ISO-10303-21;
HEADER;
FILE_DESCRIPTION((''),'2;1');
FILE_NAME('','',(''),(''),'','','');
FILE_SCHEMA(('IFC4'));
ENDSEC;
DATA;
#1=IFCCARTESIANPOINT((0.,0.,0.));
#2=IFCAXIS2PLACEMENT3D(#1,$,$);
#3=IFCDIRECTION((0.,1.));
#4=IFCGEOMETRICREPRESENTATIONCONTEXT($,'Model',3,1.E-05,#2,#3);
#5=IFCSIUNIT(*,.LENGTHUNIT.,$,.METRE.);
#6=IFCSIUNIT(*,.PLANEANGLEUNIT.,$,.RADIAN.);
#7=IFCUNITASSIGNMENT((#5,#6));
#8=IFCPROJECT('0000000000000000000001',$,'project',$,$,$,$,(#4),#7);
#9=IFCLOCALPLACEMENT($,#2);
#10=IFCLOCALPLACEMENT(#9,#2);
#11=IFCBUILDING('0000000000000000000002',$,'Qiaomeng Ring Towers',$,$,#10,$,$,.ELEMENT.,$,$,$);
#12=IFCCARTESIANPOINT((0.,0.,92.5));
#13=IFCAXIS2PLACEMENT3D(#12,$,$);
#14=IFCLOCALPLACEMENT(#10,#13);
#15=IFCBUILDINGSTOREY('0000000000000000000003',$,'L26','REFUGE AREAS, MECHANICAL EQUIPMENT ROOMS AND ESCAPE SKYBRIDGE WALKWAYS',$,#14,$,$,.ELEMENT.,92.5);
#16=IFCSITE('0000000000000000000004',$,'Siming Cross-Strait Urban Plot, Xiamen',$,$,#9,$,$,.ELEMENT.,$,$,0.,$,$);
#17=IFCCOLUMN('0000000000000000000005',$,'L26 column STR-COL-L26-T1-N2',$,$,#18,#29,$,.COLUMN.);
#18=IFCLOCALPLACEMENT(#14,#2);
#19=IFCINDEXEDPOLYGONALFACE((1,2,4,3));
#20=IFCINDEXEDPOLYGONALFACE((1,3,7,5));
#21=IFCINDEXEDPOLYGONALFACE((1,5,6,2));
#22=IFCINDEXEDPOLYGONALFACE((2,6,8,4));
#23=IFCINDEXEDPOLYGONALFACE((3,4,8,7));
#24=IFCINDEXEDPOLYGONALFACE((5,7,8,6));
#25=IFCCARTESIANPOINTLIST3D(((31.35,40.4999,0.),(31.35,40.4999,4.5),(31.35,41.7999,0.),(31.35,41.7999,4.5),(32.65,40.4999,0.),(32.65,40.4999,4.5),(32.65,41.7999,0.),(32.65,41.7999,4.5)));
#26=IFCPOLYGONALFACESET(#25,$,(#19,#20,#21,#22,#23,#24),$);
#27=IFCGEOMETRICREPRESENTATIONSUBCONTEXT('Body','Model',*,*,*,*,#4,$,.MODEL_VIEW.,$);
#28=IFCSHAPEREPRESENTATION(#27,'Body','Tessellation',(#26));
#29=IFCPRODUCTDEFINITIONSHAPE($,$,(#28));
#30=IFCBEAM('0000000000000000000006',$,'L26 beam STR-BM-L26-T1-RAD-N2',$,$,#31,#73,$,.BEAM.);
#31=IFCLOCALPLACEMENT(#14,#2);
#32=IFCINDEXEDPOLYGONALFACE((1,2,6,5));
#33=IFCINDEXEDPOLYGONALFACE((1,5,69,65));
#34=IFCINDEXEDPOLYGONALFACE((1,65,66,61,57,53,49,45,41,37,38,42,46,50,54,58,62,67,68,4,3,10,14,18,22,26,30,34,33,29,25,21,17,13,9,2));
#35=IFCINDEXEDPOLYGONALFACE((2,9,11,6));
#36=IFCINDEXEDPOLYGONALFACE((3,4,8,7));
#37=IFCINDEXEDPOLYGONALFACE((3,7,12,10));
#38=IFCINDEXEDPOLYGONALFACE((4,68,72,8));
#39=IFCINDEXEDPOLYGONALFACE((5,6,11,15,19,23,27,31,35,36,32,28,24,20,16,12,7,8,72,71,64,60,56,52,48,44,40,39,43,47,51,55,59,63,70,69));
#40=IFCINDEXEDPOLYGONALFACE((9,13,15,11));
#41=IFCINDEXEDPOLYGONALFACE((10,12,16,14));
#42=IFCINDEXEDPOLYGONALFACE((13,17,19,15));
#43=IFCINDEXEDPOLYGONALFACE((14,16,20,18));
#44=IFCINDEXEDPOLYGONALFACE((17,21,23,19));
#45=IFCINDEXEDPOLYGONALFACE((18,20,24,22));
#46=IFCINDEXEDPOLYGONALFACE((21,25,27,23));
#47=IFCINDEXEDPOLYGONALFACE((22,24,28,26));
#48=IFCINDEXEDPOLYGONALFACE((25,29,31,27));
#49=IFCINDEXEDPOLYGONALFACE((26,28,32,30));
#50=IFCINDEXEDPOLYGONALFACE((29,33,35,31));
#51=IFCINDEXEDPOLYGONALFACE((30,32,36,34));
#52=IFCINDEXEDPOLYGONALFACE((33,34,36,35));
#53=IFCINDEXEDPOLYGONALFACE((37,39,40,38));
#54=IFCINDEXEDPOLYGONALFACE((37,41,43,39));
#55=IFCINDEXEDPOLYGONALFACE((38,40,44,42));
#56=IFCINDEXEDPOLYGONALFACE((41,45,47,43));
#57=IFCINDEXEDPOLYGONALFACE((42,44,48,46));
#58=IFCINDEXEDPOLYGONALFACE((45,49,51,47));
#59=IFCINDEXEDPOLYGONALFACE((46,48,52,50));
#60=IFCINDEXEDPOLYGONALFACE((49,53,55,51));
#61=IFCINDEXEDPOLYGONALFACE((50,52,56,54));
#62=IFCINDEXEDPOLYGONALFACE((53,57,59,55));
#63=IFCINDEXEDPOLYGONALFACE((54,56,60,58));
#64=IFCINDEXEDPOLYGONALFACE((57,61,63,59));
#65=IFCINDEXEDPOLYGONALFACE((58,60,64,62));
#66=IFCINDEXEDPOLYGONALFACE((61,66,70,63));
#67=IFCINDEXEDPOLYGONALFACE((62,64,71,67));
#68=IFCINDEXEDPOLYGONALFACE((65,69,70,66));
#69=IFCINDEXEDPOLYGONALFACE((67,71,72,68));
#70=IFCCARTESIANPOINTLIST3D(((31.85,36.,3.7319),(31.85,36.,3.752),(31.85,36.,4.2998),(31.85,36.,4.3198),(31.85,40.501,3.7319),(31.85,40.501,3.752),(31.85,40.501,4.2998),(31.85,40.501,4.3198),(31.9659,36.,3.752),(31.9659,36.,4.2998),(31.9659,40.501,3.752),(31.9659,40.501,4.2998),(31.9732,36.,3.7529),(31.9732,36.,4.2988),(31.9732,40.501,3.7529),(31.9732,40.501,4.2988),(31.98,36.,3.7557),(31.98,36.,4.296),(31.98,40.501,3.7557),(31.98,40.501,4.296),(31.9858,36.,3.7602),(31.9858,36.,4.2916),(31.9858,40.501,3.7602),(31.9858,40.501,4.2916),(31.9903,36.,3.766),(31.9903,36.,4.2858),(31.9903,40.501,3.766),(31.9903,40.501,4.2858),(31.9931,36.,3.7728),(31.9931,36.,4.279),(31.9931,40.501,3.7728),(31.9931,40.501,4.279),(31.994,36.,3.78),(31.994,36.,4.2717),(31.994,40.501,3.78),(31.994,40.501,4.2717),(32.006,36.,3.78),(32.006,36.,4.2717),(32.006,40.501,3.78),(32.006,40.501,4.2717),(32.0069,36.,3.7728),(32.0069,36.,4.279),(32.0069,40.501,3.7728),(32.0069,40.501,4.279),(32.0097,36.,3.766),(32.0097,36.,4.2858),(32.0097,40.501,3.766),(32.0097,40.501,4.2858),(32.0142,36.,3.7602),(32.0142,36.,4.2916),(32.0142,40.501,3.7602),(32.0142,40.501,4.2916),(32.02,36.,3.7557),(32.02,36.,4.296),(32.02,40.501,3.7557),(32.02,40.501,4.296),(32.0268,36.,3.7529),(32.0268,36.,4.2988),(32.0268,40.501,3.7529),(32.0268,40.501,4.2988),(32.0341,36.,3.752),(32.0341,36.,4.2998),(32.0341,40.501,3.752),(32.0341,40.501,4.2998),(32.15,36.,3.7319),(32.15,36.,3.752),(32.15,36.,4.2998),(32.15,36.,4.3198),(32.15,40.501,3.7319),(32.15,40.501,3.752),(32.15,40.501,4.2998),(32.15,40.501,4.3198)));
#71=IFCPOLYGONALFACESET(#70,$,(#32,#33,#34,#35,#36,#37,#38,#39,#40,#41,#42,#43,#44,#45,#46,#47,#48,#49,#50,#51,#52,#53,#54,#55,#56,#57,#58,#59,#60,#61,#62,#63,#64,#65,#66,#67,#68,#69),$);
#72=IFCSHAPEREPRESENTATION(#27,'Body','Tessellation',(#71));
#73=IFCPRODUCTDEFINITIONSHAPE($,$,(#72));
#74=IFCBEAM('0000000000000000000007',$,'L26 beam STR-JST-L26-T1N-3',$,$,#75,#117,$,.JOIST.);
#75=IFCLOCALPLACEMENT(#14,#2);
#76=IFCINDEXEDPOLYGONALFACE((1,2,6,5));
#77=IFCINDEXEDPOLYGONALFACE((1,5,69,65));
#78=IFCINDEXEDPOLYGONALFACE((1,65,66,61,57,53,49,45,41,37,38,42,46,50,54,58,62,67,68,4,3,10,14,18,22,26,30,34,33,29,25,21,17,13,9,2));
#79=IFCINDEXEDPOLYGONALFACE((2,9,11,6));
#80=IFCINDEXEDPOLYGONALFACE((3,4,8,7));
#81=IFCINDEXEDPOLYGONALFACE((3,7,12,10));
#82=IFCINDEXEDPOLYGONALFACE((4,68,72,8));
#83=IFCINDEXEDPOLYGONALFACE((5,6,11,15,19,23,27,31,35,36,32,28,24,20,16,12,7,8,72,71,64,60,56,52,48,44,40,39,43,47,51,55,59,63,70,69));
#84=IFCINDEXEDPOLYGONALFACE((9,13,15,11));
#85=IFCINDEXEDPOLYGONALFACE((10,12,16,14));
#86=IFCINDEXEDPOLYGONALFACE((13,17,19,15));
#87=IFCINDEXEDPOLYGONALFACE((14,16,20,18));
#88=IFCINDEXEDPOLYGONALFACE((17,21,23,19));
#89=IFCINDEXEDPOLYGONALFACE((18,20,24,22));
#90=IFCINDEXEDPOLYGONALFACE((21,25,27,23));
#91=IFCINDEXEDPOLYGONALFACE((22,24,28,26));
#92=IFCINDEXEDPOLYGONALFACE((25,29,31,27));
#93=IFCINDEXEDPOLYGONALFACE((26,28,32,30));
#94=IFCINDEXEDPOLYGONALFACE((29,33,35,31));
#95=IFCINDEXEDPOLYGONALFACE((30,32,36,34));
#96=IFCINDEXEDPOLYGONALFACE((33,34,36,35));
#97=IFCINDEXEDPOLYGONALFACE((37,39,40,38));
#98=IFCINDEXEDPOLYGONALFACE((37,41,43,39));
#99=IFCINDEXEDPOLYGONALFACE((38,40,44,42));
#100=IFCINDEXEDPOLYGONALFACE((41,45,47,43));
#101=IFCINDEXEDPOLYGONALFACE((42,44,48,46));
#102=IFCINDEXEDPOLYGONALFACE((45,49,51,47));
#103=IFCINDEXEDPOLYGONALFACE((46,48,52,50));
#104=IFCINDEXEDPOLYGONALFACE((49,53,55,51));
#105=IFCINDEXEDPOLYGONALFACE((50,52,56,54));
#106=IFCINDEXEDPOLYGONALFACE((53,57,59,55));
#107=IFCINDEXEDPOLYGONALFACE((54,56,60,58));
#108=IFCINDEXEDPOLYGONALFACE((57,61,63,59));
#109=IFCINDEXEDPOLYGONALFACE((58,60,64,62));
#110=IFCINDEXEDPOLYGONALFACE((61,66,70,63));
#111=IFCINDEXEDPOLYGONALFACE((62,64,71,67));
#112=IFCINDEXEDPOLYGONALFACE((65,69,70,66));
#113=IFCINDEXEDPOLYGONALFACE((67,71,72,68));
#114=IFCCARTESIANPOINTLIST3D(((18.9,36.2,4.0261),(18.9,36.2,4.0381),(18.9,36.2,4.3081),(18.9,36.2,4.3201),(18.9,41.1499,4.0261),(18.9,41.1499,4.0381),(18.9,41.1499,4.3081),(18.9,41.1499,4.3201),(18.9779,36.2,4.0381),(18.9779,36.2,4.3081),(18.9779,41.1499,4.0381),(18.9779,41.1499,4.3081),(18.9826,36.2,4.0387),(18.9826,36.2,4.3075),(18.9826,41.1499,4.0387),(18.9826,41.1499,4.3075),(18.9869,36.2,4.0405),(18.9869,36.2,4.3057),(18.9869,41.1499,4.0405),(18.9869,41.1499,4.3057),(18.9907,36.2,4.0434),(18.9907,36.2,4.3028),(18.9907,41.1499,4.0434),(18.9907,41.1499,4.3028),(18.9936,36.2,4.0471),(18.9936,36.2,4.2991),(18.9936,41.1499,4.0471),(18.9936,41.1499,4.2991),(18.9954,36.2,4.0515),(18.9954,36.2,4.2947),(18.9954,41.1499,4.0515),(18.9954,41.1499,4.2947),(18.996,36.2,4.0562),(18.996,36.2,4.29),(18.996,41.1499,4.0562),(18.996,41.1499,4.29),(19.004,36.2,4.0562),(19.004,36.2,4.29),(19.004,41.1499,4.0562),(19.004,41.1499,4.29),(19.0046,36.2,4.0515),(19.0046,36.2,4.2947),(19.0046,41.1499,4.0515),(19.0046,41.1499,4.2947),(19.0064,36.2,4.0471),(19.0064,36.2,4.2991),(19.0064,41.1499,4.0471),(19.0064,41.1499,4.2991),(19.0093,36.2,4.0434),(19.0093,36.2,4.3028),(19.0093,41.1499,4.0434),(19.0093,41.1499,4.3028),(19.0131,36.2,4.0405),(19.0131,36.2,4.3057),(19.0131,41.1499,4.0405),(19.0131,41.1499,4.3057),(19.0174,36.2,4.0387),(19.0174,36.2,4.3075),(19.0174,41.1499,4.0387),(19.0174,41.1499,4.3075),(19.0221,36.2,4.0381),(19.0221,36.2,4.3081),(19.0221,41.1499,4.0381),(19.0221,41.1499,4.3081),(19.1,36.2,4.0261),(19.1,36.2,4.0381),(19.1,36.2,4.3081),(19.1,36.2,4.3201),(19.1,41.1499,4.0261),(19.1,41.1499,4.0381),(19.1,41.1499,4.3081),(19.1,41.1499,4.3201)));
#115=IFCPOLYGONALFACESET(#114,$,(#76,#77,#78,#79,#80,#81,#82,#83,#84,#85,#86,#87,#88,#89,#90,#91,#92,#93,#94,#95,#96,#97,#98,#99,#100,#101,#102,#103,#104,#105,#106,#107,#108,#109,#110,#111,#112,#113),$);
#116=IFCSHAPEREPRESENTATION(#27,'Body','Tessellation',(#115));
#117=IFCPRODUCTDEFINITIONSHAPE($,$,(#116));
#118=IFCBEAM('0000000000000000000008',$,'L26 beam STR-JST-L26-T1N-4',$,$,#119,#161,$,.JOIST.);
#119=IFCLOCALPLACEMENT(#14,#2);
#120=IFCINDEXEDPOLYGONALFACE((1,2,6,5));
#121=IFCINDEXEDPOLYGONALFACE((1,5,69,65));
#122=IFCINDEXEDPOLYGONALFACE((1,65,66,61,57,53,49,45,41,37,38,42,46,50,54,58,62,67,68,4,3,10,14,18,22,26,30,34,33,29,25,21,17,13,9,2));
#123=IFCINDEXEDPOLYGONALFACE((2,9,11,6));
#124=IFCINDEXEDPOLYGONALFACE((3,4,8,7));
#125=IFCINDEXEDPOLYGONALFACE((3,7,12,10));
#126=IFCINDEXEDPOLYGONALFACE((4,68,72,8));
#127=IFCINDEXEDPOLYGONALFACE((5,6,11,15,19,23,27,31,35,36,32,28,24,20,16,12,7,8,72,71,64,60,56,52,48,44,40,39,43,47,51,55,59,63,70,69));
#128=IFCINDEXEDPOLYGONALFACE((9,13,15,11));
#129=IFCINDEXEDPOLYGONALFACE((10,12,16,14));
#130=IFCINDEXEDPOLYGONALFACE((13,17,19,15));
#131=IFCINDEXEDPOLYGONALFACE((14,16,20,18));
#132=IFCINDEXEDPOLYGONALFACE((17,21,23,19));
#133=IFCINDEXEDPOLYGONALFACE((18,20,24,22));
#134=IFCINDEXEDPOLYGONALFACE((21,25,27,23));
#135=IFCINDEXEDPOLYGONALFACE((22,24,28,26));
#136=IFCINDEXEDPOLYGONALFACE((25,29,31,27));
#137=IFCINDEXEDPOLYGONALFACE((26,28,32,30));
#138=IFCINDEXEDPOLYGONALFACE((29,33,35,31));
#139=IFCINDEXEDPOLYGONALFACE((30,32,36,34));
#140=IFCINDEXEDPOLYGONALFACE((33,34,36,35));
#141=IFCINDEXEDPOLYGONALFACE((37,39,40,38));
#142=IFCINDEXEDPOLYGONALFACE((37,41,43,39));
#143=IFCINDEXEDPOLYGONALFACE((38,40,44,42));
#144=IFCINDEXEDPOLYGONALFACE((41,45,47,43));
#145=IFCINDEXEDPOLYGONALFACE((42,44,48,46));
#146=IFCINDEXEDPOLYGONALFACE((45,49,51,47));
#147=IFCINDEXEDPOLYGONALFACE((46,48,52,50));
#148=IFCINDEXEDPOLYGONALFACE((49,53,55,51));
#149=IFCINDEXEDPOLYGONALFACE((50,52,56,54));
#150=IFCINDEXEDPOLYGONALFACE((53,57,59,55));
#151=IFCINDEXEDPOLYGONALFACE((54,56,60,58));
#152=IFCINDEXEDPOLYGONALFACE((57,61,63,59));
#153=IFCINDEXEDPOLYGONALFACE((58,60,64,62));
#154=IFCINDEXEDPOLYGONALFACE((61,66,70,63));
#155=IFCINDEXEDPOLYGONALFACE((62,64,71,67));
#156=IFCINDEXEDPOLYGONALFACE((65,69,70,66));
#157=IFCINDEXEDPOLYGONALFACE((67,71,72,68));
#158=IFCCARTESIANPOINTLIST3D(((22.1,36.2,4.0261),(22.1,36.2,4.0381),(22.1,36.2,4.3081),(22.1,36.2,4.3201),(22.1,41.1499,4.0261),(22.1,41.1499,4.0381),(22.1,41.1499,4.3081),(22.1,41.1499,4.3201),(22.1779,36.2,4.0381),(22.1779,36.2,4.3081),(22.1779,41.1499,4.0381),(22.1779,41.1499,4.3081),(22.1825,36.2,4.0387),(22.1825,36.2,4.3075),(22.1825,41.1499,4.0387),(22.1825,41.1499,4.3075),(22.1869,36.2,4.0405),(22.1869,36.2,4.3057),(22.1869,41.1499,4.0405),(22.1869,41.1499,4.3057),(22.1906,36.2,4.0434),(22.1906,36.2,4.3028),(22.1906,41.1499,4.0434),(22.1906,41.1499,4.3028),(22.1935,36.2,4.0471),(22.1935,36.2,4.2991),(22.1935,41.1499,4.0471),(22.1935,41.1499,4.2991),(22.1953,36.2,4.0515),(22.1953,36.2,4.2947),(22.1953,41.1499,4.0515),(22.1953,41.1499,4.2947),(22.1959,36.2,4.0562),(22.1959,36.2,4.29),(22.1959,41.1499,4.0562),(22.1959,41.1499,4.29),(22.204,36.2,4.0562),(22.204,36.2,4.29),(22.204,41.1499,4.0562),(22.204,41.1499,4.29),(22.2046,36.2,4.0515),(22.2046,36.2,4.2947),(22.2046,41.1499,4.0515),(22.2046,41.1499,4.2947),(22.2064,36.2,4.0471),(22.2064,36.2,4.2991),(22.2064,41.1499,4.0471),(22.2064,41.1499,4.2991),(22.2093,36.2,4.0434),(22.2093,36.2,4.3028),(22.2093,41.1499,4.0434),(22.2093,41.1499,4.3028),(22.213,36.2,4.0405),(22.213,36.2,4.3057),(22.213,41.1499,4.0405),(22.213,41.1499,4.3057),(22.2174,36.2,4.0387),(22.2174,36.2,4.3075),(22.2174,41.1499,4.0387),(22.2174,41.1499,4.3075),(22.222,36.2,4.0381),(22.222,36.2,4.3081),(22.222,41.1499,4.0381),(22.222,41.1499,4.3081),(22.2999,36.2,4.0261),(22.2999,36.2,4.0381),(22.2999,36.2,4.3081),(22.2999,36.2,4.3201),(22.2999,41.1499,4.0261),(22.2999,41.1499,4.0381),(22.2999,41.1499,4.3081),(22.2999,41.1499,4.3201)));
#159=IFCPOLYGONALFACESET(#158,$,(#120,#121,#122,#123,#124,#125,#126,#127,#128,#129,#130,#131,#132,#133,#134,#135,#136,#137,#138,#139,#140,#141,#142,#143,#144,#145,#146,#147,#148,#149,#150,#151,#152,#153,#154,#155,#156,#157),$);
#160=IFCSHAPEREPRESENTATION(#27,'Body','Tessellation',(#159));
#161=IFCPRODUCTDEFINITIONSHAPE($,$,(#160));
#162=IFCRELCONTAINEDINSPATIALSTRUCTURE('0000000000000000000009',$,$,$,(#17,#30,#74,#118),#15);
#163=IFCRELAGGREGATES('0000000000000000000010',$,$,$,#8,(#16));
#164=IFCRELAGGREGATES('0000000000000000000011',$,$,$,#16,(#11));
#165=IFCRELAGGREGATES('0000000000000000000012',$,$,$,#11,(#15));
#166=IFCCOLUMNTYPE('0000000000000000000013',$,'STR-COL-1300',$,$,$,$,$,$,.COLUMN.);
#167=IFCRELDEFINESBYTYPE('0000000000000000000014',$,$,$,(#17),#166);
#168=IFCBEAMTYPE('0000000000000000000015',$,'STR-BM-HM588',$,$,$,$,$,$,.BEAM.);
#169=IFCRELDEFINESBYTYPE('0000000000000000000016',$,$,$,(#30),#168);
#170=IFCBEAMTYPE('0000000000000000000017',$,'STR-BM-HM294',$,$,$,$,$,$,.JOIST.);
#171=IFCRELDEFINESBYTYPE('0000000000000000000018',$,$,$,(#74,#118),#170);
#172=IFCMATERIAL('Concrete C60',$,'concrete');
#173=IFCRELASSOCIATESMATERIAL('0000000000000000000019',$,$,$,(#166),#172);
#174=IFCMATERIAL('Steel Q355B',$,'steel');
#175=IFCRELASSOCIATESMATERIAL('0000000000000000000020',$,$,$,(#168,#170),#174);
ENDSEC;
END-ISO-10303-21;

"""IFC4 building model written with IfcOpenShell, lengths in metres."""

from ifc_helpers import new_model, si_unit, direction, frame, origin, origin_2d, place, context, subcontext, project, spatial, rectangle, i_section, extrude, source, transform, mapped, material, material_profile, profile_set, type_object, element, save


model = new_model("IFC4")

# Units and contexts
model_context = context("Model", 3, precision=1e-05, world=origin(), true_north=direction((0.0, 1.0)))
body_context = subcontext(model_context, "Body", "Model", "MODEL_VIEW")
ifc_project = project(units=[si_unit("LENGTHUNIT", "METRE"), si_unit("PLANEANGLEUNIT", "RADIAN")], contexts=[model_context])

# Site, building, storey
site_placement = place(None, origin())
site = spatial("IfcSite", under=ifc_project, at=site_placement, Name="Siming Cross-Strait Urban Plot, Xiamen", CompositionType="ELEMENT", RefElevation=0.0)
building_placement = place(site_placement, origin())
building = spatial("IfcBuilding", under=site, at=building_placement, Name="Qiaomeng Ring Towers", CompositionType="ELEMENT")
storey_placement = place(building_placement, frame((0.0, 0.0, 92.5)))
storey = spatial("IfcBuildingStorey", under=building, at=storey_placement, Name="L26", Description="REFUGE AREAS, MECHANICAL EQUIPMENT ROOMS AND ESCAPE SKYBRIDGE WALKWAYS", CompositionType="ELEMENT", Elevation=92.5)

# Column
ifc_material_1 = material(Name="Concrete C60", Category="concrete")
ifc_material_profile_1 = material_profile(ifc_material_1, rectangle(XDim=1.3, YDim=1.3, at=origin_2d()), Name="RC COL 1300x1300")
ifc_profile_set_1 = profile_set([ifc_material_profile_1], Name="Concrete C60")
column_type = type_object("IfcColumnType", Name="STR-COL-1300", PredefinedType="COLUMN", material=ifc_profile_set_1)
shared_shape_1 = source(origin(), body_context, "Body", "SweptSolid", [
    extrude(rectangle(XDim=1.3, YDim=1.3, at=origin_2d()), origin(), (0.0, 0.0, 1.0), 4.5),
])
column_placement = place(storey_placement, frame((32.0, 41.1499, 0.0), z_axis=(0.0, 0.0, 1.0), x_axis=(1.0, 0.0, 0.0)))
element("IfcColumn", 1, at=column_placement, inside=storey, type_object=column_type, Name="L26 column STR-COL-L26-T1-N2", PredefinedType="COLUMN", context=body_context, shape_type="MappedRepresentation", body=[
    mapped(shared_shape_1, transform((0.0, 0.0, 0.0), x_axis=(1.0, 0.0, 0.0), y_axis=(0.0, 1.0, 0.0), z_axis=(0.0, 0.0, 1.0), scale=1.0)),
])

# Beams
ifc_material_2 = material(Name="Steel Q355B", Category="steel")
ifc_material_profile_2 = material_profile(ifc_material_2, i_section(OverallWidth=0.3, OverallDepth=0.5879, WebThickness=0.012, FlangeThickness=0.02, FilletRadius=0.0281, at=origin_2d()), Name="HM 588x300x12x20")
ifc_profile_set_2 = profile_set([ifc_material_profile_2], Name="Steel Q355B")
beam_type_1 = type_object("IfcBeamType", Name="STR-BM-HM588", PredefinedType="BEAM", material=ifc_profile_set_2)
shared_shape_2 = source(origin(), body_context, "Body", "SweptSolid", [
    extrude(i_section(OverallWidth=0.3, OverallDepth=0.5879, WebThickness=0.012, FlangeThickness=0.02, FilletRadius=0.0281, at=origin_2d()), origin(), (0.0, 0.0, 1.0), 4.501),
])
beam_1_placement = place(storey_placement, frame((32.0, 40.501, 4.0259), z_axis=(0.0, -1.0, 0.0), x_axis=(1.0, 0.0, 0.0)))
element("IfcBeam", 2, at=beam_1_placement, inside=storey, type_object=beam_type_1, Name="L26 beam STR-BM-L26-T1-RAD-N2", PredefinedType="BEAM", context=body_context, shape_type="MappedRepresentation", body=[
    mapped(shared_shape_2, transform((0.0, 0.0, 0.0), x_axis=(1.0, 0.0, 0.0), y_axis=(0.0, 1.0, 0.0), z_axis=(0.0, 0.0, 1.0), scale=1.0)),
])
ifc_material_profile_3 = material_profile(ifc_material_2, i_section(OverallWidth=0.2, OverallDepth=0.2939, WebThickness=0.0081, FlangeThickness=0.012, FilletRadius=0.0181, at=origin_2d()), Name="HM 294x200x8x12")
ifc_profile_set_3 = profile_set([ifc_material_profile_3], Name="Steel Q355B")
beam_type_2 = type_object("IfcBeamType", Name="STR-BM-HM294", PredefinedType="JOIST", material=ifc_profile_set_3)
shared_shape_3 = source(origin(), body_context, "Body", "SweptSolid", [
    extrude(i_section(OverallWidth=0.2, OverallDepth=0.2939, WebThickness=0.0081, FlangeThickness=0.012, FilletRadius=0.0181, at=origin_2d()), origin(), (0.0, 0.0, 1.0), 4.95),
])
for number, where, z_axis, x_axis, name in (
    (3, (19.0, 36.2, 4.1731), (0.0, 1.0, 0.0), (-1.0, 0.0, 0.0), "L26 beam STR-JST-L26-T1N-3"),
    (4, (22.2, 36.2, 4.1731), (0.0, 1.0, 0.0), (-1.0, 0.0, 0.0), "L26 beam STR-JST-L26-T1N-4"),
):
    element("IfcBeam", number, at=place(storey_placement, frame(where, z_axis=z_axis, x_axis=x_axis)), inside=storey, type_object=beam_type_2, Name=name, PredefinedType="JOIST", context=body_context, shape_type="MappedRepresentation", body=[
        mapped(shared_shape_3, transform((0.0, 0.0, 0.0), x_axis=(1.0, 0.0, 0.0), y_axis=(0.0, 1.0, 0.0), z_axis=(0.0, 0.0, 1.0), scale=1.0)),
    ])

save(model, "model.ifc")
